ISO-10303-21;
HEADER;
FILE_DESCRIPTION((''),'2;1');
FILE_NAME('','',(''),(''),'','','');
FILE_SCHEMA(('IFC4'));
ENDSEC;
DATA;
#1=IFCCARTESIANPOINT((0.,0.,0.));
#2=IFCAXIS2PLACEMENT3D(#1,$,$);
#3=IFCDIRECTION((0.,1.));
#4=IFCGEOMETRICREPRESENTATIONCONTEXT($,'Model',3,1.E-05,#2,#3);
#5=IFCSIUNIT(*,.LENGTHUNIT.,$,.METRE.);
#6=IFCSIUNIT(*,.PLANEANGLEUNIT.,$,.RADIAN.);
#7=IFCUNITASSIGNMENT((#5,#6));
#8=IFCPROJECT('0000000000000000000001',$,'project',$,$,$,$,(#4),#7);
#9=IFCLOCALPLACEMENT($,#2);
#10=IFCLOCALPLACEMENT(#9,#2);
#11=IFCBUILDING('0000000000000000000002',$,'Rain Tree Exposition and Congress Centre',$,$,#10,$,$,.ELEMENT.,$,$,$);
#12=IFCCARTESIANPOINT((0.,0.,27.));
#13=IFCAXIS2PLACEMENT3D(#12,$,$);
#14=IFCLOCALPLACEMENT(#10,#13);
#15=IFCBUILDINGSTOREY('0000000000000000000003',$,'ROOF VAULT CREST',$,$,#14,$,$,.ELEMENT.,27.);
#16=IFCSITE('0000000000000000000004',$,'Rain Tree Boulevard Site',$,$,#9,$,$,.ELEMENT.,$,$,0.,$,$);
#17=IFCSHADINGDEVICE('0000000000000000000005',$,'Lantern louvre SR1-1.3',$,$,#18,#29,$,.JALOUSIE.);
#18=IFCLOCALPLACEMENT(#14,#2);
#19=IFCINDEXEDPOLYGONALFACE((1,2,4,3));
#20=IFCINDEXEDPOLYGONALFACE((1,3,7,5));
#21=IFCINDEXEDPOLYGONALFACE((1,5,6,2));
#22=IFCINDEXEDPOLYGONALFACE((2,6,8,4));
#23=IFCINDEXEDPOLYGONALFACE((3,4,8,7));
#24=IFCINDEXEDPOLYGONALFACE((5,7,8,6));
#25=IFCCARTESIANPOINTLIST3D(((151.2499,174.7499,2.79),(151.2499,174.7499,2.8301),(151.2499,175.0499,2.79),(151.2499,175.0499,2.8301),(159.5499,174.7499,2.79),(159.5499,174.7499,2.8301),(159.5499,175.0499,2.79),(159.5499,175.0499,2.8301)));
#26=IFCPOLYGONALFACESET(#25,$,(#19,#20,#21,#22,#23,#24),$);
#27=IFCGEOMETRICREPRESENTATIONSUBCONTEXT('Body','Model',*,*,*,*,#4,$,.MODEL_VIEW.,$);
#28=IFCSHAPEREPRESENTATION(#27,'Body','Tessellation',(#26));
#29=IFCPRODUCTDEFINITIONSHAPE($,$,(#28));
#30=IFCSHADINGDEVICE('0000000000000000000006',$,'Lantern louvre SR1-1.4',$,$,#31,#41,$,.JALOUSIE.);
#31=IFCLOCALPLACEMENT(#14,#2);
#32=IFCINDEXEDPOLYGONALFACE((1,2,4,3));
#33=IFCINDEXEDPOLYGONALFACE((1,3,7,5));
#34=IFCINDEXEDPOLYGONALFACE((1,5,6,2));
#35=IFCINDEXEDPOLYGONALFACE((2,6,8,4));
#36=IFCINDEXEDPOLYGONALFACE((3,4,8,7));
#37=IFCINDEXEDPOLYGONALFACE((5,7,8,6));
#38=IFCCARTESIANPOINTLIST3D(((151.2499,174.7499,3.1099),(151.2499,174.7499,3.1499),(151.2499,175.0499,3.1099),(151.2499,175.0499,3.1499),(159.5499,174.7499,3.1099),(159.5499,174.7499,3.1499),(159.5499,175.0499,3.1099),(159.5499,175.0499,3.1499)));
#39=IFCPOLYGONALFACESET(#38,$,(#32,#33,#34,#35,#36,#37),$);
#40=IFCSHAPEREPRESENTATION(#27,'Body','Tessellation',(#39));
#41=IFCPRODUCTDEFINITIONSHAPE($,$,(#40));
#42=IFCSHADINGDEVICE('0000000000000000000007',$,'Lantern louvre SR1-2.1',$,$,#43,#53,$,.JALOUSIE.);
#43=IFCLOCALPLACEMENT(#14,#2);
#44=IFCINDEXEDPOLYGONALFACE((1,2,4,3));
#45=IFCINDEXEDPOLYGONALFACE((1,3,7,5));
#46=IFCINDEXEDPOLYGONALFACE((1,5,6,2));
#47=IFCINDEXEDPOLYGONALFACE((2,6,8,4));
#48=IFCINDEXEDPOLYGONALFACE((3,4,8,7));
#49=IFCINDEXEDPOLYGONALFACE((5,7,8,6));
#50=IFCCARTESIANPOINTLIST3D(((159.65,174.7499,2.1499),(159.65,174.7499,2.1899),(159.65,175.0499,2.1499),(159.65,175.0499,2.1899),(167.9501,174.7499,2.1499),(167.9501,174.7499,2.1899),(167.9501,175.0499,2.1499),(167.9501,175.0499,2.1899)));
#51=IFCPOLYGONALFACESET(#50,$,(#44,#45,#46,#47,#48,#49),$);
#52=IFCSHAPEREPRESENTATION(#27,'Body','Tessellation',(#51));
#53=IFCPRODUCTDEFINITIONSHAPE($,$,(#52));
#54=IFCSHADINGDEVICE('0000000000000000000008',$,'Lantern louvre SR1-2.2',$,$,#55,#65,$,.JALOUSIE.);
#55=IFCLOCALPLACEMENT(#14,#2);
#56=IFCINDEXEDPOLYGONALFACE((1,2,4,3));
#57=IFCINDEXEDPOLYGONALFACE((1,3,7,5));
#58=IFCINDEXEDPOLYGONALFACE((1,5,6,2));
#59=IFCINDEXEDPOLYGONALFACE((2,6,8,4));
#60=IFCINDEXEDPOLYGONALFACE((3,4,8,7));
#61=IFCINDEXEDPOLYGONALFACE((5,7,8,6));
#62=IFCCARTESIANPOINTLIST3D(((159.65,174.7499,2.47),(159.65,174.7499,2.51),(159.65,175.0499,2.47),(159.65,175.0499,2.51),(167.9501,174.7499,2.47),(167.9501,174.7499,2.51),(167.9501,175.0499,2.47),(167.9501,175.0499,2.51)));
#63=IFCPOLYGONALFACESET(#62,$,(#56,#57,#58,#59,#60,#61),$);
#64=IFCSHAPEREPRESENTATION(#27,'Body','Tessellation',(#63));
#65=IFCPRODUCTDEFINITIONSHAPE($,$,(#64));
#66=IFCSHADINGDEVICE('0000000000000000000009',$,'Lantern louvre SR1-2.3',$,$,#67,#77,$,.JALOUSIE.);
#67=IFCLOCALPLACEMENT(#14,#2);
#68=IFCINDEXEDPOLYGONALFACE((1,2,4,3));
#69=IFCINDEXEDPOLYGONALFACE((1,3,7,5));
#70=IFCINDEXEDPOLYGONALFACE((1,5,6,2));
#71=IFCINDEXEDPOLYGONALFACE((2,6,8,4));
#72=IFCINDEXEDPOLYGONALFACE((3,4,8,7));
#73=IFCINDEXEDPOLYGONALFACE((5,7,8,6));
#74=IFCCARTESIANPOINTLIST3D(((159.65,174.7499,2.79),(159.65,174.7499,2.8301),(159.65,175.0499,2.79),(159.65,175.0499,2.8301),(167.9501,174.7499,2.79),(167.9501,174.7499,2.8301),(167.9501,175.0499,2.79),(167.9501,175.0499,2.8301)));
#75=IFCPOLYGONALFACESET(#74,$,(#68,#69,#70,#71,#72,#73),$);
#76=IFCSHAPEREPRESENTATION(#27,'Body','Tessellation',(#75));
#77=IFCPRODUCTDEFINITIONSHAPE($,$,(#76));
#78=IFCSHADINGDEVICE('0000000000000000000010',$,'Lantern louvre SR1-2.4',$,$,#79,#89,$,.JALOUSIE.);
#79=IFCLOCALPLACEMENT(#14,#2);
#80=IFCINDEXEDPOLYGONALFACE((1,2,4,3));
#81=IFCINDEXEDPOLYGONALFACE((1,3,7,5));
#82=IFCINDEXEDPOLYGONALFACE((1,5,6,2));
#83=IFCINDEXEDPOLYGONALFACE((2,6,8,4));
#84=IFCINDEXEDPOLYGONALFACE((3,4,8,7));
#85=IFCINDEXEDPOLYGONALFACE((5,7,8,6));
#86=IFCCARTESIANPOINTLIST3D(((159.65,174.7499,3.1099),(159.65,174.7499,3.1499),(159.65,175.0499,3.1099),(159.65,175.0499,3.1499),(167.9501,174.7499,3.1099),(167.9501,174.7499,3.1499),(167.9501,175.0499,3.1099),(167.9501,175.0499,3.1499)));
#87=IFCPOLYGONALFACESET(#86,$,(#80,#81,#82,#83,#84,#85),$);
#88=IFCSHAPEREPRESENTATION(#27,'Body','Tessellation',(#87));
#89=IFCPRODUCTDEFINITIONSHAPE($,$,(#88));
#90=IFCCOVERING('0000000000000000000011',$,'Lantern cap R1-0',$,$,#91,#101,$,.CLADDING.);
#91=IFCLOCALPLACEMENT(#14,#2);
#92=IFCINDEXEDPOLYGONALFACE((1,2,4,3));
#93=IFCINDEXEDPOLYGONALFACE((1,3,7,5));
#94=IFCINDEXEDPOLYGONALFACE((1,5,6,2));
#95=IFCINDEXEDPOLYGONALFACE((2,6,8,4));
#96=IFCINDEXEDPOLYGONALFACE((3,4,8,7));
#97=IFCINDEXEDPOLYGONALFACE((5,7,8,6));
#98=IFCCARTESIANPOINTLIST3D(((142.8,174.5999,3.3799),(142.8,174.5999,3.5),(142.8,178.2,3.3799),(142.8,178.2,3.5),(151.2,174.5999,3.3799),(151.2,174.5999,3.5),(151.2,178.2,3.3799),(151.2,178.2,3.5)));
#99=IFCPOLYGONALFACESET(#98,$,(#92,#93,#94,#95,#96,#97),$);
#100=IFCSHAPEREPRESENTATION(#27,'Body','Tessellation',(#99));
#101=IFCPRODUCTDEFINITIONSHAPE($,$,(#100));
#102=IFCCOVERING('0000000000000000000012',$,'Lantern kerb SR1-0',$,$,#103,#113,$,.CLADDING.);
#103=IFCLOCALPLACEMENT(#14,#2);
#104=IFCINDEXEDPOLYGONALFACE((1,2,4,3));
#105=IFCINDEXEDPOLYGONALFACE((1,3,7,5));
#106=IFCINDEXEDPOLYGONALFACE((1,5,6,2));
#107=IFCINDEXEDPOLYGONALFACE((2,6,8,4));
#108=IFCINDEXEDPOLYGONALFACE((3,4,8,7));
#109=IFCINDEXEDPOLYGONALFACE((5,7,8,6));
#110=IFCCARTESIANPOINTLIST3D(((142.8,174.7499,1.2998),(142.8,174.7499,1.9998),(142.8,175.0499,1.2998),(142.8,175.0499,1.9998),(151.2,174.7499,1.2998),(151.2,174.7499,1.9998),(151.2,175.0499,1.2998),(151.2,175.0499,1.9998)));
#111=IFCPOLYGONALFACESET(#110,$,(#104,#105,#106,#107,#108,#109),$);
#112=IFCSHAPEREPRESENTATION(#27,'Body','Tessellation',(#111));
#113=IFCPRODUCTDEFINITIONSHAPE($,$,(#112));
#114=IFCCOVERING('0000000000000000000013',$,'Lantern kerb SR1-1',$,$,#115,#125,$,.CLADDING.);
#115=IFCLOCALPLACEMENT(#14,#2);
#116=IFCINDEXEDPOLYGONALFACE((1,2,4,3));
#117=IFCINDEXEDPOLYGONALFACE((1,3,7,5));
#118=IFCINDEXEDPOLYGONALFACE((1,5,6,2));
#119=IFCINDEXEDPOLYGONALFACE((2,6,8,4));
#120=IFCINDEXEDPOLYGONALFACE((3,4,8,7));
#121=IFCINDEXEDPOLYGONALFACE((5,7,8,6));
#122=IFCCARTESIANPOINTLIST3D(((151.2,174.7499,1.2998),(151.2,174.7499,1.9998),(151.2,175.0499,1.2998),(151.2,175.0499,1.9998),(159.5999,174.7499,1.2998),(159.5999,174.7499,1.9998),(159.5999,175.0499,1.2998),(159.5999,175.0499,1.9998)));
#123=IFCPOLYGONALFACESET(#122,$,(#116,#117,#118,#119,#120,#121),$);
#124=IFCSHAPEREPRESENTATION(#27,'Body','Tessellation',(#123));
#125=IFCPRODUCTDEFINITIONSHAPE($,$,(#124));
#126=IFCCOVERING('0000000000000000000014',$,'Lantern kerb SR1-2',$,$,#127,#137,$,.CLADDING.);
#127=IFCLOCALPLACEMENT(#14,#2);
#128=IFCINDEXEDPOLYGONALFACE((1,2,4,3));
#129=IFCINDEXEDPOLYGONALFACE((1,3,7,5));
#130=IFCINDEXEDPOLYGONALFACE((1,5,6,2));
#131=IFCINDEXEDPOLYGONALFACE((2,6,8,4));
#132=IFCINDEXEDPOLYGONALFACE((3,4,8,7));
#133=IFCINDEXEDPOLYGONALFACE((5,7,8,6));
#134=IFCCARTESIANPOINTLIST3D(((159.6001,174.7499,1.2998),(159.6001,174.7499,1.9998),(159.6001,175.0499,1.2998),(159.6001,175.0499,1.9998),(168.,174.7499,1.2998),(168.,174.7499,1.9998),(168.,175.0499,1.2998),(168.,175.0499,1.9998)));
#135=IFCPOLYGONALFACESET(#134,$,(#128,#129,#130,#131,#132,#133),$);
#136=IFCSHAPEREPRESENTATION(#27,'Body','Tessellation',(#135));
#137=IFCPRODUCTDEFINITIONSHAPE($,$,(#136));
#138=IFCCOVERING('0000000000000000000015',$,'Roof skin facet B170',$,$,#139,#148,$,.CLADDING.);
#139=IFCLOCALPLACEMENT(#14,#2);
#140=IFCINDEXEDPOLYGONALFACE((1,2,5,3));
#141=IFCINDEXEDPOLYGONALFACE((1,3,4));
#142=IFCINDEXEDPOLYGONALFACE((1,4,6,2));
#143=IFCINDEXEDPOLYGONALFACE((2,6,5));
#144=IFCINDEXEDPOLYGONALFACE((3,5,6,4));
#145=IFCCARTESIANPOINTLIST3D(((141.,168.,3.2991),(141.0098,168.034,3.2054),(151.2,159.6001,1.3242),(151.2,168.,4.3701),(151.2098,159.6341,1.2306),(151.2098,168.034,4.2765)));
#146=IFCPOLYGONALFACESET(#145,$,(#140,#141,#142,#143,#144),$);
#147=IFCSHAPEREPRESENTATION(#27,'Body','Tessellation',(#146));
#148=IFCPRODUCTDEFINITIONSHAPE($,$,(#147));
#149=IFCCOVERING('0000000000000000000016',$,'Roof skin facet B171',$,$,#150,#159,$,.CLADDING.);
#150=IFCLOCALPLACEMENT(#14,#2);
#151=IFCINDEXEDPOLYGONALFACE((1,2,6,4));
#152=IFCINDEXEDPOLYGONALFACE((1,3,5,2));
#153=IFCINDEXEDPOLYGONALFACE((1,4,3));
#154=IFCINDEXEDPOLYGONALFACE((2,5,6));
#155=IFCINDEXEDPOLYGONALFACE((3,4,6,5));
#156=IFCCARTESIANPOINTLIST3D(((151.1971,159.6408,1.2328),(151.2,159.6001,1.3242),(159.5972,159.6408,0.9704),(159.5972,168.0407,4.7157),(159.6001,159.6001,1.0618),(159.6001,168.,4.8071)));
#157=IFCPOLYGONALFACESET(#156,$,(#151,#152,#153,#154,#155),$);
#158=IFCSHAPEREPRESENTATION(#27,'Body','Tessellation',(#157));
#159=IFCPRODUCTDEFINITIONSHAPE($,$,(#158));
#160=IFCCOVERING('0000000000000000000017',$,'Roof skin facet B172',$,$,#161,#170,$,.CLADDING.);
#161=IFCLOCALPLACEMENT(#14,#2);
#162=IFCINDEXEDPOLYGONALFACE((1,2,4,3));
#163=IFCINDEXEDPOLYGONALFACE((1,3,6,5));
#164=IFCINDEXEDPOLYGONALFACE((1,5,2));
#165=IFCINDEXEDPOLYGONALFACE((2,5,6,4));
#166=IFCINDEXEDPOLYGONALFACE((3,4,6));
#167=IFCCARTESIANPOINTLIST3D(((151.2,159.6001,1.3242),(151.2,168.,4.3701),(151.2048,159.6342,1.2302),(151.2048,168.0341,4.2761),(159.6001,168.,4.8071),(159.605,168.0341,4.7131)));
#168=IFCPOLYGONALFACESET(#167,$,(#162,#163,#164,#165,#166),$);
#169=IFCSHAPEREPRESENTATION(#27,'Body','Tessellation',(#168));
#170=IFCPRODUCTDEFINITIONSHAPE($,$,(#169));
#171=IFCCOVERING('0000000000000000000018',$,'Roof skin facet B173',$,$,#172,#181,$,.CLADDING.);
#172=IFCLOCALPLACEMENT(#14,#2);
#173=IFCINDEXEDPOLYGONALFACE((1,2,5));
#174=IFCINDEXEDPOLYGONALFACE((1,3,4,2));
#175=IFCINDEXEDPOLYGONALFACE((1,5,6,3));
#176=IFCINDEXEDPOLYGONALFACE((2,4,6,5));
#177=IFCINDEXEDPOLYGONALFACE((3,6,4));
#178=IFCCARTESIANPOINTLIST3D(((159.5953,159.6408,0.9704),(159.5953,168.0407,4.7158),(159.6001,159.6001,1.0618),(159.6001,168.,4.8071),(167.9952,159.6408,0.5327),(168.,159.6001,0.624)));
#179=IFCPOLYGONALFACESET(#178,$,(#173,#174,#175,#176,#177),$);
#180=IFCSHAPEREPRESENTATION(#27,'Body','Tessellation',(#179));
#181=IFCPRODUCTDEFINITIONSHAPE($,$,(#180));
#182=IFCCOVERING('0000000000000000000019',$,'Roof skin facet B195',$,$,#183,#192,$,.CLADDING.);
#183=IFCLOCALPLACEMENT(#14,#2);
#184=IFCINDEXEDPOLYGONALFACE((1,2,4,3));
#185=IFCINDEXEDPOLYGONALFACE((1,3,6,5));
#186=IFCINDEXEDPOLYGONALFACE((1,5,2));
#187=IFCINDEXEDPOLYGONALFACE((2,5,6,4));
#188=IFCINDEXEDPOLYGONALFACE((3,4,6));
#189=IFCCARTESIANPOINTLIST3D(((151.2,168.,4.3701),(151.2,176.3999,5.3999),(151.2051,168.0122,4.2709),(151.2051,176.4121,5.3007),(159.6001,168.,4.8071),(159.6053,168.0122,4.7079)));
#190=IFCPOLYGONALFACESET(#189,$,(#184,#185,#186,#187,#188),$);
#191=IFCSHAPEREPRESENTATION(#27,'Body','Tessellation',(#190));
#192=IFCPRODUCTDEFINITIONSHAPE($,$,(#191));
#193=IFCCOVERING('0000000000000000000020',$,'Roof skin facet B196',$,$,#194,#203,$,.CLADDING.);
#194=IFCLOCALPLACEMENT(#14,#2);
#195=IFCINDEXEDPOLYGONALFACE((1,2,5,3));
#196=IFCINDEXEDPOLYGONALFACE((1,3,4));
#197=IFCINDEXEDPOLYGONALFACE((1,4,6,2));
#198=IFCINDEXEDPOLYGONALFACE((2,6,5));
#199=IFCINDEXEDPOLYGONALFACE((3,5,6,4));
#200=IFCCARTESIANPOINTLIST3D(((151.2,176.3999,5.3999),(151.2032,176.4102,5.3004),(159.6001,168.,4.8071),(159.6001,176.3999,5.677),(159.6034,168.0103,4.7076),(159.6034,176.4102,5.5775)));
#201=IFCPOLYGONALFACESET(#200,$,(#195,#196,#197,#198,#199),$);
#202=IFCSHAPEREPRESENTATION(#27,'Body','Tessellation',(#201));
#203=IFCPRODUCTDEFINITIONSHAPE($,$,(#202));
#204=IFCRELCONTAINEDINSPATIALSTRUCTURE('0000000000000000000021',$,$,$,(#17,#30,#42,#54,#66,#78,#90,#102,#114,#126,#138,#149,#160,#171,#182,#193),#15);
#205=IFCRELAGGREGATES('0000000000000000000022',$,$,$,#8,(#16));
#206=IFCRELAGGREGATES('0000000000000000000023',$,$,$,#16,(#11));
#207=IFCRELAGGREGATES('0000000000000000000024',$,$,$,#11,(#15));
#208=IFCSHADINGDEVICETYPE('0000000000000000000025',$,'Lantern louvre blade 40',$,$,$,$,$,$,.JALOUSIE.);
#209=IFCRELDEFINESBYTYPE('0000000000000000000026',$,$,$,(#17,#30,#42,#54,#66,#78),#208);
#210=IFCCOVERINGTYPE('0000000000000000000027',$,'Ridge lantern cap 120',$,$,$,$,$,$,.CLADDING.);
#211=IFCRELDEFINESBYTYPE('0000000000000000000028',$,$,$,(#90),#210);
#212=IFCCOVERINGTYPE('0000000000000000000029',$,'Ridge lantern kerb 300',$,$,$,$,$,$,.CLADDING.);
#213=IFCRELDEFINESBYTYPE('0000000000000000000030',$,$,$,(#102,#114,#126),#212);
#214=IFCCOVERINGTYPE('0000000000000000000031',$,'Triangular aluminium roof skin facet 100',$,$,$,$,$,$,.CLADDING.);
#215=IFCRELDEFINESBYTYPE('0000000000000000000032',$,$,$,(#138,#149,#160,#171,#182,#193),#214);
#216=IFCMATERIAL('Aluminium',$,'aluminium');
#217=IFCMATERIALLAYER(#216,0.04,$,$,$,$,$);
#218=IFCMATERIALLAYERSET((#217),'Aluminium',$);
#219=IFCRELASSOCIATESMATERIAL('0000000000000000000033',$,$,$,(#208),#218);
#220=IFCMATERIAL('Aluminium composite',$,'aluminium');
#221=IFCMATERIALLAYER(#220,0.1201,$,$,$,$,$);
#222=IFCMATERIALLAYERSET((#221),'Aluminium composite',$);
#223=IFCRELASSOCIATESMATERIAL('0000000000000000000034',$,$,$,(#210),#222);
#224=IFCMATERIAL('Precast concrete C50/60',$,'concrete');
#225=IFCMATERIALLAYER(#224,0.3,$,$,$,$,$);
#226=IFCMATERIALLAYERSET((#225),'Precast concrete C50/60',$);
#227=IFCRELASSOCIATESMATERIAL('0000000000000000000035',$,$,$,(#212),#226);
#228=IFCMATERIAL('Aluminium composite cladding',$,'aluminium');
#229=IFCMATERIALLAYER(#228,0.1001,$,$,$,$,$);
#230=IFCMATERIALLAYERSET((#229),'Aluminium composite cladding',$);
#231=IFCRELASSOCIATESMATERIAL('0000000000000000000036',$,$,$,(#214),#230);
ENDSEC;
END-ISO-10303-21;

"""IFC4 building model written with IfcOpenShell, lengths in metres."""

from ifc_helpers import new_model, si_unit, direction, frame, origin, origin_2d, place, context, subcontext, project, spatial, polyline, rectangle, outline, extrude, material, layer, layer_set, type_object, element, save


model = new_model("IFC4")

# Units and contexts
model_context = context("Model", 3, precision=1e-05, world=origin(), true_north=direction((0.0, 1.0)))
body_context = subcontext(model_context, "Body", "Model", "MODEL_VIEW")
ifc_project = project(units=[si_unit("LENGTHUNIT", "METRE"), si_unit("PLANEANGLEUNIT", "RADIAN")], contexts=[model_context])

# Site, building, storey
site_placement = place(None, origin())
site = spatial("IfcSite", under=ifc_project, at=site_placement, Name="Rain Tree Boulevard Site", CompositionType="ELEMENT", RefElevation=0.0)
building_placement = place(site_placement, origin())
building = spatial("IfcBuilding", under=site, at=building_placement, Name="Rain Tree Exposition and Congress Centre", CompositionType="ELEMENT")
storey_placement = place(building_placement, frame((0.0, 0.0, 27.0)))
storey = spatial("IfcBuildingStorey", under=building, at=storey_placement, Name="ROOF VAULT CREST", CompositionType="ELEMENT", Elevation=27.0)

# Shading devices
ifc_material_1 = material(Name="Aluminium", Category="aluminium")
ifc_layer_1 = layer(ifc_material_1, 0.04)
ifc_layer_set_1 = layer_set([ifc_layer_1], Name="Aluminium")
shading_device_type = type_object("IfcShadingDeviceType", Name="Lantern louvre blade 40", PredefinedType="JALOUSIE", material=ifc_layer_set_1)
for number, where, z_axis, x_axis, name in (
    (1, (155.3999, 174.8999, 2.79), (0.0, 0.0, 1.0), (1.0, 0.0, 0.0), "Lantern louvre SR1-1.3"),
    (2, (155.3999, 174.8999, 3.1099), (0.0, 0.0, 1.0), (1.0, 0.0, 0.0), "Lantern louvre SR1-1.4"),
    (3, (163.8, 174.8999, 2.1499), (0.0, 0.0, 1.0), (1.0, 0.0, 0.0), "Lantern louvre SR1-2.1"),
    (4, (163.8, 174.8999, 2.47), (0.0, 0.0, 1.0), (1.0, 0.0, 0.0), "Lantern louvre SR1-2.2"),
    (5, (163.8, 174.8999, 2.79), (0.0, 0.0, 1.0), (1.0, 0.0, 0.0), "Lantern louvre SR1-2.3"),
    (6, (163.8, 174.8999, 3.1099), (0.0, 0.0, 1.0), (1.0, 0.0, 0.0), "Lantern louvre SR1-2.4"),
):
    element("IfcShadingDevice", number, at=place(storey_placement, frame(where, z_axis=z_axis, x_axis=x_axis)), inside=storey, type_object=shading_device_type, Name=name, PredefinedType="JALOUSIE", context=body_context, shape_type="SweptSolid", body=[
        extrude(rectangle(XDim=8.3, YDim=0.3, at=origin_2d()), origin(), (0.0, 0.0, 1.0), 0.04),
    ])

# Coverings
ifc_material_2 = material(Name="Aluminium composite", Category="aluminium")
ifc_layer_2 = layer(ifc_material_2, 0.1201)
ifc_layer_set_2 = layer_set([ifc_layer_2], Name="Aluminium composite")
covering_type_1 = type_object("IfcCoveringType", Name="Ridge lantern cap 120", PredefinedType="CLADDING", material=ifc_layer_set_2)
covering_1_placement = place(storey_placement, frame((147.0, 176.3999, 3.3799), z_axis=(0.0, 0.0, 1.0), x_axis=(1.0, 0.0, 0.0)))
element("IfcCovering", 7, at=covering_1_placement, inside=storey, type_object=covering_type_1, Name="Lantern cap R1-0", PredefinedType="CLADDING", context=body_context, shape_type="SweptSolid", body=[
    extrude(rectangle(XDim=8.3999, YDim=3.6001, at=origin_2d()), origin(), (0.0, 0.0, 1.0), 0.1201),
])
ifc_material_3 = material(Name="Precast concrete C50/60", Category="concrete")
ifc_layer_3 = layer(ifc_material_3, 0.3)
ifc_layer_set_3 = layer_set([ifc_layer_3], Name="Precast concrete C50/60")
covering_type_2 = type_object("IfcCoveringType", Name="Ridge lantern kerb 300", PredefinedType="CLADDING", material=ifc_layer_set_3)
for number, where, z_axis, x_axis, name in (
    (8, (147.0, 174.8999, 1.2998), (0.0, 0.0, 1.0), (1.0, 0.0, 0.0), "Lantern kerb SR1-0"),
    (9, (155.3999, 174.8999, 1.2998), (0.0, 0.0, 1.0), (1.0, 0.0, 0.0), "Lantern kerb SR1-1"),
    (10, (163.8, 174.8999, 1.2998), (0.0, 0.0, 1.0), (1.0, 0.0, 0.0), "Lantern kerb SR1-2"),
):
    element("IfcCovering", number, at=place(storey_placement, frame(where, z_axis=z_axis, x_axis=x_axis)), inside=storey, type_object=covering_type_2, Name=name, PredefinedType="CLADDING", context=body_context, shape_type="SweptSolid", body=[
        extrude(rectangle(XDim=8.3999, YDim=0.3, at=origin_2d()), origin(), (0.0, 0.0, 1.0), 0.7),
    ])
ifc_material_4 = material(Name="Aluminium composite cladding", Category="aluminium")
ifc_layer_4 = layer(ifc_material_4, 0.1001)
ifc_layer_set_4 = layer_set([ifc_layer_4], Name="Aluminium composite cladding")
covering_type_3 = type_object("IfcCoveringType", Name="Triangular aluminium roof skin facet 100", PredefinedType="CLADDING", material=ifc_layer_set_4)
covering_2_placement = place(storey_placement, frame((151.2, 159.6001, 1.3242), z_axis=(-0.098238, -0.339243, 0.935555), x_axis=(0.0, 0.940103, 0.340892)))
element("IfcCovering", 11, at=covering_2_placement, inside=storey, type_object=covering_type_3, Name="Roof skin facet B170", PredefinedType="CLADDING", context=body_context, shape_type="SweptSolid", body=[
    extrude(outline(polyline([(0.0, 0.0), (8.9351, 0.0), (8.57, 10.2495), (0.0, 0.0)])), origin(), (0.0, 0.0, -1.0), 0.1001),
])
covering_3_placement = place(storey_placement, frame((151.2, 159.6001, 1.3242), z_axis=(0.028524, -0.407069, 0.912952), x_axis=(0.999512, 0.0, -0.031228)))
element("IfcCovering", 12, at=covering_3_placement, inside=storey, type_object=covering_type_3, Name="Roof skin facet B171", PredefinedType="CLADDING", context=body_context, shape_type="SweptSolid", body=[
    extrude(outline(polyline([(0.0, 0.0), (8.4042, 0.0), (8.2873, 9.1963), (0.0, 0.0)])), origin(), (0.0, 0.0, -1.0), 0.1001),
])
covering_4_placement = place(storey_placement, frame((151.2, 159.6001, 1.3242), z_axis=(-0.04885, -0.340485, 0.93898), x_axis=(0.678554, 0.678534, 0.281345)))
element("IfcCovering", 13, at=covering_4_placement, inside=storey, type_object=covering_type_3, Name="Roof skin facet B172", PredefinedType="CLADDING", context=body_context, shape_type="SweptSolid", body=[
    extrude(outline(polyline([(0.0, 0.0), (12.3795, 0.0), (6.5566, 6.0702), (0.0, 0.0)])), origin(), (0.0, 0.0, -1.0), 0.1001),
])
covering_5_placement = place(storey_placement, frame((159.6001, 159.6001, 1.0618), z_axis=(0.047542, -0.406774, 0.912291), x_axis=(0.998645, 0.0, -0.052042)))
element("IfcCovering", 14, at=covering_5_placement, inside=storey, type_object=covering_type_3, Name="Roof skin facet B173", PredefinedType="CLADDING", context=body_context, shape_type="SweptSolid", body=[
    extrude(outline(polyline([(0.0, 0.0), (8.4113, 0.0), (-0.1949, 9.195), (0.0, 0.0)])), origin(), (0.0, 0.0, -1.0), 0.1001),
])
covering_6_placement = place(storey_placement, frame((151.2, 168.0, 4.3701), z_axis=(-0.051569, -0.121522, 0.991248), x_axis=(0.998649, 0.0, 0.051954)))
element("IfcCovering", 15, at=covering_6_placement, inside=storey, type_object=covering_type_3, Name="Roof skin facet B195", PredefinedType="CLADDING", context=body_context, shape_type="SweptSolid", body=[
    extrude(outline(polyline([(0.0, 0.0), (8.4115, 0.0), (0.0535, 8.4626), (0.0, 0.0)])), origin(), (0.0, 0.0, -1.0), 0.1001),
])
covering_7_placement = place(storey_placement, frame((159.6001, 168.0, 4.8071), z_axis=(-0.032794, -0.102951, 0.994146), x_axis=(0.0, 0.994681, 0.103007)))
element("IfcCovering", 16, at=covering_7_placement, inside=storey, type_object=covering_type_3, Name="Roof skin facet B196", PredefinedType="CLADDING", context=body_context, shape_type="SweptSolid", body=[
    extrude(outline(polyline([(0.0, 0.0), (8.4448, 0.0), (8.4163, 8.4047), (0.0, 0.0)])), origin(), (0.0, 0.0, -1.0), 0.1001),
])

save(model, "model.ifc")
